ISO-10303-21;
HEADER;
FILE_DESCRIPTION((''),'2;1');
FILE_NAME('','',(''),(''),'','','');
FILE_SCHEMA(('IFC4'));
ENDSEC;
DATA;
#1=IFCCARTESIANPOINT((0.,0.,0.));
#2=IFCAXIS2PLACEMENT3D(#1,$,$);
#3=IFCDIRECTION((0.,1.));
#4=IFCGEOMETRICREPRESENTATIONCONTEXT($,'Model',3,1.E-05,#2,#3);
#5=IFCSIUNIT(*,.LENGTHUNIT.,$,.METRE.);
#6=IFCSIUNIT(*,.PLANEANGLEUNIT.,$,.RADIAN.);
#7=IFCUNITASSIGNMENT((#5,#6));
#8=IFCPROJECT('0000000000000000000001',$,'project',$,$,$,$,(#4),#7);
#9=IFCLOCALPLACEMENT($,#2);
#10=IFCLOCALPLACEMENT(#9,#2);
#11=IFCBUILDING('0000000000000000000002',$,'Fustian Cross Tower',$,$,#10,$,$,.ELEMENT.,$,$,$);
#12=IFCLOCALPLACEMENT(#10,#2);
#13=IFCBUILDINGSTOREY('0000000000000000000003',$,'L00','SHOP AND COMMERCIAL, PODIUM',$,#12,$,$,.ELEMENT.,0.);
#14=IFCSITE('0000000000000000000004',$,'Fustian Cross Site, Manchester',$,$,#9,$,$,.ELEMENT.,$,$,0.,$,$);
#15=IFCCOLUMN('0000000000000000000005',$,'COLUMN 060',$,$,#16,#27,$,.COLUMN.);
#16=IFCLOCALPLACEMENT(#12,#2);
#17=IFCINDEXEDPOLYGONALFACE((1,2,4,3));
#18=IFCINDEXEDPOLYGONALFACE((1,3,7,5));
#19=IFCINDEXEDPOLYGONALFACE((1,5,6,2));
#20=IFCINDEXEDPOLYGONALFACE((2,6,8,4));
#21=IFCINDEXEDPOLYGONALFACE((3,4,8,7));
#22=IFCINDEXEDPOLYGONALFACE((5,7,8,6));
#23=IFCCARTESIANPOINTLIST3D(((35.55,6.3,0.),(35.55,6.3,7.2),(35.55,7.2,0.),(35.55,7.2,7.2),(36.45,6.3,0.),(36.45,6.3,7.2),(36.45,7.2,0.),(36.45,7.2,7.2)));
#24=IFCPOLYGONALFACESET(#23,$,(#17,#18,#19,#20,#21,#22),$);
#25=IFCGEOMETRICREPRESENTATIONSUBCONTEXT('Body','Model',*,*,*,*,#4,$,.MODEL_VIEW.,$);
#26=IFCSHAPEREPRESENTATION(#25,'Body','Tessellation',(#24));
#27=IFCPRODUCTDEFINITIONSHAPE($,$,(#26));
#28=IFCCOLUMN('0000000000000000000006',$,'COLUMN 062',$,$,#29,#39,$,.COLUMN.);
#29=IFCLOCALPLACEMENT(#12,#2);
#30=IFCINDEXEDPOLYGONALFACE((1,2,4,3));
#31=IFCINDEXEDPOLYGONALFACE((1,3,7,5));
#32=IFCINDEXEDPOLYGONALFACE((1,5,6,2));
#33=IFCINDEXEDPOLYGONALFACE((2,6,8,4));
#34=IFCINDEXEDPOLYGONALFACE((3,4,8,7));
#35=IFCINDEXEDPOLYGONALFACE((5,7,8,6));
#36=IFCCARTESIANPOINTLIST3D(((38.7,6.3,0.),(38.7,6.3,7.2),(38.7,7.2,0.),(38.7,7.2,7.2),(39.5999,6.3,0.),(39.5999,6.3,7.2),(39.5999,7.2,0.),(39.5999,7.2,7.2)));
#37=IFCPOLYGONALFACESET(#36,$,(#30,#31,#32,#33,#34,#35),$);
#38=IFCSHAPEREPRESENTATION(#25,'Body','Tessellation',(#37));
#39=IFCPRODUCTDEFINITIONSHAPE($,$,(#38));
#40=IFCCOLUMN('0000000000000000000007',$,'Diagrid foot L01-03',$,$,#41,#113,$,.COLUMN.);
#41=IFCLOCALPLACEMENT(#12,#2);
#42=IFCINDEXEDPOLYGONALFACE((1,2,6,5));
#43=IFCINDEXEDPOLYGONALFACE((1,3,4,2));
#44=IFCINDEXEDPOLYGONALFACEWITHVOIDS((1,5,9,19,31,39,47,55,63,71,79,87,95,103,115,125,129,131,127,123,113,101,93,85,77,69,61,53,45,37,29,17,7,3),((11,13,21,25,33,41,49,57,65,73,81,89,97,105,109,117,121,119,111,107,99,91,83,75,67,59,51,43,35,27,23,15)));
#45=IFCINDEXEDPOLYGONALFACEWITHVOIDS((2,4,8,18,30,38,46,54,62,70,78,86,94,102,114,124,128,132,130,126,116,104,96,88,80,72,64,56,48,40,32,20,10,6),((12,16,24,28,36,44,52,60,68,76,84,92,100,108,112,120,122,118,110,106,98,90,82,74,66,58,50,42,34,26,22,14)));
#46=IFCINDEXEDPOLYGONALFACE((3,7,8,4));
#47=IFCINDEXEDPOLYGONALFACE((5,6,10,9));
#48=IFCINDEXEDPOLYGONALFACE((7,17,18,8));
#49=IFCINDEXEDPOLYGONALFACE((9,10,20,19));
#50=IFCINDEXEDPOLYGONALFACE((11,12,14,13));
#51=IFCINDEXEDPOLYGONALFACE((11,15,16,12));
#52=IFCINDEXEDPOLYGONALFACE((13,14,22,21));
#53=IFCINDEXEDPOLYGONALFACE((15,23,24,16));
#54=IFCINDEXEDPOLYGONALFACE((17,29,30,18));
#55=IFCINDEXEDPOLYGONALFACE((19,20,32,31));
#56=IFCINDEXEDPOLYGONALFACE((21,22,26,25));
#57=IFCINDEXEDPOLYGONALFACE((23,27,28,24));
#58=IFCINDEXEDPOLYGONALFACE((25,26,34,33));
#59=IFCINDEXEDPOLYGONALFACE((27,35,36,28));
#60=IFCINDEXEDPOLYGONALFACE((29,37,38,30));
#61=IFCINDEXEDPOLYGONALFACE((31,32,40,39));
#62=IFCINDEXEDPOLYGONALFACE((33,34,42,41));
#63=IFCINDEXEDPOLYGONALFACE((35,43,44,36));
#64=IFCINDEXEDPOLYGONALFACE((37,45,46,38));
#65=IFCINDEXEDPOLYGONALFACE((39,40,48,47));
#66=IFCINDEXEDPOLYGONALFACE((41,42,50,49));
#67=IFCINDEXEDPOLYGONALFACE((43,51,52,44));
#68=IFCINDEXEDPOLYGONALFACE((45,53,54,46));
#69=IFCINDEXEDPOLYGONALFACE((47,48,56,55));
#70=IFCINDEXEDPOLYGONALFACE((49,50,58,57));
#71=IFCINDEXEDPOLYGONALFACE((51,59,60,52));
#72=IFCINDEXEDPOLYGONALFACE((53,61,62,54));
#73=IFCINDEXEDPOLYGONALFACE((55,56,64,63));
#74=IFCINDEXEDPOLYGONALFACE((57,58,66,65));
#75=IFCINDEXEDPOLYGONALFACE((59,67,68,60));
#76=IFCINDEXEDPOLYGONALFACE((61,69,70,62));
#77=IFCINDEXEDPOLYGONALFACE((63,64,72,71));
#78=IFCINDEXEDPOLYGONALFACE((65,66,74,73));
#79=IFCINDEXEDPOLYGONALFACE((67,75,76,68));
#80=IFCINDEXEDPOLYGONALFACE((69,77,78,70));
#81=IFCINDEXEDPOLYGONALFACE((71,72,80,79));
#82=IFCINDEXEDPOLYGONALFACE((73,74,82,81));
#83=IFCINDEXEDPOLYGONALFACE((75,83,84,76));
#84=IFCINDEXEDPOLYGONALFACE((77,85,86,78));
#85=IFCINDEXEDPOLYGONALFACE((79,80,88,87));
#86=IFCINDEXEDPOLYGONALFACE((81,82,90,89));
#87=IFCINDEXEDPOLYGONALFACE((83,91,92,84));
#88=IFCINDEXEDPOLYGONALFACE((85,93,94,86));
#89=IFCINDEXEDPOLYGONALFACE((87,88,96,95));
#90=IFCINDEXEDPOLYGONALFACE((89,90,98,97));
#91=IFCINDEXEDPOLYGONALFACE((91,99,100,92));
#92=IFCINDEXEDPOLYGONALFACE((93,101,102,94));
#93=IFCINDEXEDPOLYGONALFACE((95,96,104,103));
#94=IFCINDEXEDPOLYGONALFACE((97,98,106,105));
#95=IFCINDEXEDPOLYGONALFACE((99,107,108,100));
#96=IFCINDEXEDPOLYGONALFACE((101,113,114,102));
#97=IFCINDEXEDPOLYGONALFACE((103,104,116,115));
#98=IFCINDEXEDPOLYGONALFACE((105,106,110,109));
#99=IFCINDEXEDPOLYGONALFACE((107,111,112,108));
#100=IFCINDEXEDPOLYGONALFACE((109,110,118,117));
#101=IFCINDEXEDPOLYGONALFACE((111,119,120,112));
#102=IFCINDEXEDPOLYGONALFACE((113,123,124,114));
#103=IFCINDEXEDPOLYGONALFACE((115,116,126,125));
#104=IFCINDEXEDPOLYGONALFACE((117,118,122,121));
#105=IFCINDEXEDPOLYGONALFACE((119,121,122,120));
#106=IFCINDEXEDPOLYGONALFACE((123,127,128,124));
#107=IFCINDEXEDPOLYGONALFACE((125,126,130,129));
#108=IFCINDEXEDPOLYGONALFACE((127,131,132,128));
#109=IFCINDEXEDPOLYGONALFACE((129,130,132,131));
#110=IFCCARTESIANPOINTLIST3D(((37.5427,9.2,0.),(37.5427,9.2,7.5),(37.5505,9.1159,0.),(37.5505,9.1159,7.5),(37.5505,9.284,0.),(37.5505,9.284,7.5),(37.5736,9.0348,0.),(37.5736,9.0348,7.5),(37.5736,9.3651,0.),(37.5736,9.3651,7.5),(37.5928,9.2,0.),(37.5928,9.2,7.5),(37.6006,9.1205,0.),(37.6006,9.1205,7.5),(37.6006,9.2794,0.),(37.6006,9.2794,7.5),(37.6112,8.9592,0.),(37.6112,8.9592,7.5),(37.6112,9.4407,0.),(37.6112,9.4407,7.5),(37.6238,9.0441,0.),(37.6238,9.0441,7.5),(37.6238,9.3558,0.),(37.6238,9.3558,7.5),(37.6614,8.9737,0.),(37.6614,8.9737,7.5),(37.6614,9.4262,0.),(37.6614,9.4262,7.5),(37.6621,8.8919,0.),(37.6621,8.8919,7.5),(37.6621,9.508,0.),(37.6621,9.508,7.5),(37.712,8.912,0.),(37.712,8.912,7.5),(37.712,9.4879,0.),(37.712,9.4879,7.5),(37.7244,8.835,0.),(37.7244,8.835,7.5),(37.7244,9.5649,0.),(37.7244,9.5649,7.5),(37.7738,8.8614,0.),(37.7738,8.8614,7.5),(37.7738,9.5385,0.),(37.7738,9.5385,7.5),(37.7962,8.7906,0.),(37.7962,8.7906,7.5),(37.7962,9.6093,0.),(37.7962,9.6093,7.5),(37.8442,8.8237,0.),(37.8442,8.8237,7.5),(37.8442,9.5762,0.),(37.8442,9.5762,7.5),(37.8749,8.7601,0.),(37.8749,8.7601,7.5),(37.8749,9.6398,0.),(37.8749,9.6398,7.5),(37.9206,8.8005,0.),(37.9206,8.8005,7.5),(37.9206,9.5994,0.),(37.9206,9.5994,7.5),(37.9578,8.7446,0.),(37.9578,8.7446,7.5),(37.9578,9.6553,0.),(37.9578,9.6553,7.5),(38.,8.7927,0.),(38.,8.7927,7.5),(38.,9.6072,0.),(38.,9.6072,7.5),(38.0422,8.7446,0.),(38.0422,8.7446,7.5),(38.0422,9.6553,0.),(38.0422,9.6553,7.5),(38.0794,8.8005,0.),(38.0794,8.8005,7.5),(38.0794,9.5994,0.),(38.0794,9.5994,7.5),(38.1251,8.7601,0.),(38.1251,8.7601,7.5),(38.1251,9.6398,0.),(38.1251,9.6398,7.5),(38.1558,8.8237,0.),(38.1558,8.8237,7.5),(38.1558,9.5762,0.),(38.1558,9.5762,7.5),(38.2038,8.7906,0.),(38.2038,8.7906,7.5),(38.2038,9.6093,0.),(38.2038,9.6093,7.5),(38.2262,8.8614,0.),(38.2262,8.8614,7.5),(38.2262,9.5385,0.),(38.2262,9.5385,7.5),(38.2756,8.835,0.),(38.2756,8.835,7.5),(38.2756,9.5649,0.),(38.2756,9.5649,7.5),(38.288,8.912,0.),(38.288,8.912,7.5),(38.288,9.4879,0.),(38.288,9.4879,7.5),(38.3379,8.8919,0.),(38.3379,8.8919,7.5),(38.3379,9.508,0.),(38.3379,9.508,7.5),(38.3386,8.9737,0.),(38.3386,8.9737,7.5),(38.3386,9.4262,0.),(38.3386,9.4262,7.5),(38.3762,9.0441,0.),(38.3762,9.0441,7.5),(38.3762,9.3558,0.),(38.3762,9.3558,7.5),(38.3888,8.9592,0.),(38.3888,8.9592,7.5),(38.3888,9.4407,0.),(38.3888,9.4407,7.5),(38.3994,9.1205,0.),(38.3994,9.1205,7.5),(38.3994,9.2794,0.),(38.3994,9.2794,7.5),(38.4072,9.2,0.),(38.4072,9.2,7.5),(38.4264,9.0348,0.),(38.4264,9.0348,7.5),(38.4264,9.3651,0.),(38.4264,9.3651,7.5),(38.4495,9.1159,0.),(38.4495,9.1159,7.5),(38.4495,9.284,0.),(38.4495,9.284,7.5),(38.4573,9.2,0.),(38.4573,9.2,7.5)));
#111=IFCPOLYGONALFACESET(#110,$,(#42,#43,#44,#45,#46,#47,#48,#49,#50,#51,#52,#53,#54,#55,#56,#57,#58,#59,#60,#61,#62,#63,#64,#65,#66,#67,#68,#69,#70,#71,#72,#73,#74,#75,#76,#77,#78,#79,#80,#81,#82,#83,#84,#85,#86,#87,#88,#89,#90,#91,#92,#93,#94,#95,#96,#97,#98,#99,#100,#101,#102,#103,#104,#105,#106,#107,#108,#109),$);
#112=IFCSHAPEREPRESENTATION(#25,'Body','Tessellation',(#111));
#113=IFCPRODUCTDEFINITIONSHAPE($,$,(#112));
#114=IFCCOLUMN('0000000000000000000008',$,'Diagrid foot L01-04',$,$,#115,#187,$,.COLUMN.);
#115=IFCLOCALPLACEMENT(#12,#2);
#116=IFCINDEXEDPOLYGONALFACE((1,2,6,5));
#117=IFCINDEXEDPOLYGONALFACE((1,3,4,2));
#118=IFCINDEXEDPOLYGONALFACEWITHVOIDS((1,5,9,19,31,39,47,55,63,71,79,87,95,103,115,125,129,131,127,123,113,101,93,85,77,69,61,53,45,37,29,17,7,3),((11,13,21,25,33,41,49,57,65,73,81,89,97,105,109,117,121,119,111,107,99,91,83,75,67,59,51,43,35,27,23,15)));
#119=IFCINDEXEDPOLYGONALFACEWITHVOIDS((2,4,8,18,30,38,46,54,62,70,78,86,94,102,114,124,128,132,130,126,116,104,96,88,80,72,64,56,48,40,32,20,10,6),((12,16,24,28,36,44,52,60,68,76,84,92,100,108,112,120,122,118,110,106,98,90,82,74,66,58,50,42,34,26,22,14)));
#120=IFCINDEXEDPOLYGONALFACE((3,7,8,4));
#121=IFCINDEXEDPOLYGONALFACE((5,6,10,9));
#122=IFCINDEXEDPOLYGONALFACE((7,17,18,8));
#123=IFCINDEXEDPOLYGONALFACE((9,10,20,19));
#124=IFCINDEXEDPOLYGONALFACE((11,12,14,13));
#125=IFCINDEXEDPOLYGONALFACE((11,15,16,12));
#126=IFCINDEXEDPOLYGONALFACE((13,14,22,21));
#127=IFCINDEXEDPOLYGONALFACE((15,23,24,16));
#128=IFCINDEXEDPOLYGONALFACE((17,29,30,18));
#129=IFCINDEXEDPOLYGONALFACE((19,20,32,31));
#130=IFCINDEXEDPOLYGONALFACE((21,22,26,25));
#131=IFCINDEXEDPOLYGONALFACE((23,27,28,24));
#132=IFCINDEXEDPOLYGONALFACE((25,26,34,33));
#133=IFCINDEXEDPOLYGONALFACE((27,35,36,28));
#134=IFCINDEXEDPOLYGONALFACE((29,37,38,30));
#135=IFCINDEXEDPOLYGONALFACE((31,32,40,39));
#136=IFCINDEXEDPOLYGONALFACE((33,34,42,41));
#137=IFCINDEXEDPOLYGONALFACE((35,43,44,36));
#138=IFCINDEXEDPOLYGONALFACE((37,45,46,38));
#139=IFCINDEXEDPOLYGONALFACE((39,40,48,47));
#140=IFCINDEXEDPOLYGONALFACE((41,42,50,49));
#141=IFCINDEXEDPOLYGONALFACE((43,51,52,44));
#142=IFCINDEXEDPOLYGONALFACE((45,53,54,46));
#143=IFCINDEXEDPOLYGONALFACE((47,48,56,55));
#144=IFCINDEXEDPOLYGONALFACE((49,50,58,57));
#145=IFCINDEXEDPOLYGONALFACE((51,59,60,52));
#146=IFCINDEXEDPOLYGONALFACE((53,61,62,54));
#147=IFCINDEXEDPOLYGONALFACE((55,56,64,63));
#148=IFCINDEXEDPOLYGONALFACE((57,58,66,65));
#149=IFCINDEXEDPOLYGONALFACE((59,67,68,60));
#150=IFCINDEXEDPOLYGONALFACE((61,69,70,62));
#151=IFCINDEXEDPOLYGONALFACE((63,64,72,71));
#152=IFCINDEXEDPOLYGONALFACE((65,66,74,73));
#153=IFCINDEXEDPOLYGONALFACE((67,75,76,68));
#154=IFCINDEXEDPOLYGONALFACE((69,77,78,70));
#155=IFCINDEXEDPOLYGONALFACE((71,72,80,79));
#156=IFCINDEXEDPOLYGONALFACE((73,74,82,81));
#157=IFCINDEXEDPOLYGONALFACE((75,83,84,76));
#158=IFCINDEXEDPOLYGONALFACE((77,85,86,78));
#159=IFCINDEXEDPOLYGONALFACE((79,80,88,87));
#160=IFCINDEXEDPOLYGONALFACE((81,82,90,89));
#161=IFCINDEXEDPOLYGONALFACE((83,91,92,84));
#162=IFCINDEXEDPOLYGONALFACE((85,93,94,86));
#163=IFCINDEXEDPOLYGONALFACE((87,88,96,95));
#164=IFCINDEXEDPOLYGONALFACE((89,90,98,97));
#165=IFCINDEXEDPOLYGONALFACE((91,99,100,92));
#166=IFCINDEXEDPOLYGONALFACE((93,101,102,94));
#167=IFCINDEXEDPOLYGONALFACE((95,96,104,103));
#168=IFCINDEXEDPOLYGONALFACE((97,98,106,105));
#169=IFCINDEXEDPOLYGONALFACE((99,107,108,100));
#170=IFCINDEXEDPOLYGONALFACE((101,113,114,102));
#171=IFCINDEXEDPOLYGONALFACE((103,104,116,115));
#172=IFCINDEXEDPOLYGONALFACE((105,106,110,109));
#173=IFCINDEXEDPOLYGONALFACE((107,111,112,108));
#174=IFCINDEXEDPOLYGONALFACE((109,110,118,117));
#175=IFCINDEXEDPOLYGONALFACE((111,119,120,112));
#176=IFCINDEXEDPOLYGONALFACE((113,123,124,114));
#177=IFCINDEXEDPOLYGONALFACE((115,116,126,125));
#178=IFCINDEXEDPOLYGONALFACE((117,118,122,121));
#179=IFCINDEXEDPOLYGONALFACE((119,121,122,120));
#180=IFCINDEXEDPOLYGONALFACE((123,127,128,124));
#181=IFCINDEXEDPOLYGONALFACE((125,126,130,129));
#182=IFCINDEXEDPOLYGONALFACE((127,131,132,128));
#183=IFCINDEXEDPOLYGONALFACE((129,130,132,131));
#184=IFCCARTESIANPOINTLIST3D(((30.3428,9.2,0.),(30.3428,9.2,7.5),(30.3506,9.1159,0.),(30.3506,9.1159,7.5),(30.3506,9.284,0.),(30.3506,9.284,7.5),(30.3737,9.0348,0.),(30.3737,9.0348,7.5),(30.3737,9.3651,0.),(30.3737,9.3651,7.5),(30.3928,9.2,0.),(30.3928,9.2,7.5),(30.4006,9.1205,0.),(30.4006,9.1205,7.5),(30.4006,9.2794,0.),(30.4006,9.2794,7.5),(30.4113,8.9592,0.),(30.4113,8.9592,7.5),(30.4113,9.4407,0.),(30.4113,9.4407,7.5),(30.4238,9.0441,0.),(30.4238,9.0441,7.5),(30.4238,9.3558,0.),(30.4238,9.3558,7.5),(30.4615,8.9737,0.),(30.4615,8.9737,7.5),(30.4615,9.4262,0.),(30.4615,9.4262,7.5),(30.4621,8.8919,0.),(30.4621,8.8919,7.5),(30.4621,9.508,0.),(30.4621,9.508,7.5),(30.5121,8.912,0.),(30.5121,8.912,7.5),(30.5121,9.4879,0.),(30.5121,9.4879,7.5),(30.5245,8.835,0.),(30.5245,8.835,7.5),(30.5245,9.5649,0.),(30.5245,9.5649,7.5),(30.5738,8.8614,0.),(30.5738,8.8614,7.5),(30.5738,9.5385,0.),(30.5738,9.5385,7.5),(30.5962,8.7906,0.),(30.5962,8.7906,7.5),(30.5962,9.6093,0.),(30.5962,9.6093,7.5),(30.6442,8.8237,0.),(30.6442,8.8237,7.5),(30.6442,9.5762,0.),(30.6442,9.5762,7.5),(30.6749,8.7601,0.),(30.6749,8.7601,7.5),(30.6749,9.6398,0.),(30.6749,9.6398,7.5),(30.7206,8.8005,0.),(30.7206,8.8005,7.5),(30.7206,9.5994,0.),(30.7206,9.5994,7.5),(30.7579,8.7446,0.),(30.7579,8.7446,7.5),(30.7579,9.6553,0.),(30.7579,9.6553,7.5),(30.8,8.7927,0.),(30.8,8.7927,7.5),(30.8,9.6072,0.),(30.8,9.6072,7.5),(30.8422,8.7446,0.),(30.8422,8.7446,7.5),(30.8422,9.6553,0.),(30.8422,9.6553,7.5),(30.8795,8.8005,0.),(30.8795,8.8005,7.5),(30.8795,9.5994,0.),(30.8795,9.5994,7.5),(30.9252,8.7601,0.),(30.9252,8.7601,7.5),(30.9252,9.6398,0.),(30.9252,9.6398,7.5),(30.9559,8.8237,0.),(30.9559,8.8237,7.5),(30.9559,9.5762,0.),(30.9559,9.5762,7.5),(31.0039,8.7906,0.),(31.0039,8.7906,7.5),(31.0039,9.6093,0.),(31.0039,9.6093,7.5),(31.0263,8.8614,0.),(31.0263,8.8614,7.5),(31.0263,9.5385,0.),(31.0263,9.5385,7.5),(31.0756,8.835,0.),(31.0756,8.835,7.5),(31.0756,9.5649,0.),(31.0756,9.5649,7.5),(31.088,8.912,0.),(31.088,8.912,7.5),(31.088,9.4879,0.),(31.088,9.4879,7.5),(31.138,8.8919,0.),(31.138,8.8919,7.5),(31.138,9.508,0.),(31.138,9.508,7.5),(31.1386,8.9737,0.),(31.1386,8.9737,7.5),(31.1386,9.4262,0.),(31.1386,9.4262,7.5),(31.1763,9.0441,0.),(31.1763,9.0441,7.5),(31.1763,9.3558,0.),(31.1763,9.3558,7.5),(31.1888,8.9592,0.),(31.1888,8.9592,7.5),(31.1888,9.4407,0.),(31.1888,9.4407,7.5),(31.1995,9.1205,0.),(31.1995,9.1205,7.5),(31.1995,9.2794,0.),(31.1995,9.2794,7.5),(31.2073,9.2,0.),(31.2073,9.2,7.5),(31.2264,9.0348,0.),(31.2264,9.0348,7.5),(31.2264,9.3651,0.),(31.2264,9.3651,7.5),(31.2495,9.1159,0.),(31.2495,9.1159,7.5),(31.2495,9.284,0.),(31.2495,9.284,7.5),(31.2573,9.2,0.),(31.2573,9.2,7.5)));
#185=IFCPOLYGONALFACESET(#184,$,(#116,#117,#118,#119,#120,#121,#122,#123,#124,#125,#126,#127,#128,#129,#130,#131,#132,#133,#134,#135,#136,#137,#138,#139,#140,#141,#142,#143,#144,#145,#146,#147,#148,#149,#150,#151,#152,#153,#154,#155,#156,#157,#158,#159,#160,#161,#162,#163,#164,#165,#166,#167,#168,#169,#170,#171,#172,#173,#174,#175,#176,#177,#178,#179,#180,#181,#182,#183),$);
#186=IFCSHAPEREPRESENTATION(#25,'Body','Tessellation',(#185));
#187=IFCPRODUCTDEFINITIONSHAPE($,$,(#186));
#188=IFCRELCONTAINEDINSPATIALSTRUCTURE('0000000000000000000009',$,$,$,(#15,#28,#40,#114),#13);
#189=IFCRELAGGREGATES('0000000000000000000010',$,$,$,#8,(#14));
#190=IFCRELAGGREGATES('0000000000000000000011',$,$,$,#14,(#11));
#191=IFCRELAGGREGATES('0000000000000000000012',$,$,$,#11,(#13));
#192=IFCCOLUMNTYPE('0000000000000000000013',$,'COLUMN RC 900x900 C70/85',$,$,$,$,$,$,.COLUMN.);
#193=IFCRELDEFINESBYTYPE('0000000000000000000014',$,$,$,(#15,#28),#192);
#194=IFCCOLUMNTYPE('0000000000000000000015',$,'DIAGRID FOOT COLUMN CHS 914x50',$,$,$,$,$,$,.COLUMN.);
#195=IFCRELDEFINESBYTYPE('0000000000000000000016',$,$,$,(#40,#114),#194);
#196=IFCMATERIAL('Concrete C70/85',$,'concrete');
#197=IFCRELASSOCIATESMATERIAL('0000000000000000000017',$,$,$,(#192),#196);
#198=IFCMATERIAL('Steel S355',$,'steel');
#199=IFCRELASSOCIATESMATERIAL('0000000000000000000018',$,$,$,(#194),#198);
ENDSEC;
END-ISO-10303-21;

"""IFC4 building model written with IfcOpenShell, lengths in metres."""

from ifc_helpers import new_model, si_unit, direction, frame, origin, origin_2d, place, context, subcontext, project, spatial, rectangle, hollow_circle, extrude, material, material_profile, profile_set, type_object, element, save


model = new_model("IFC4")

# Units and contexts
model_context = context("Model", 3, precision=1e-05, world=origin(), true_north=direction((0.0, 1.0)))
body_context = subcontext(model_context, "Body", "Model", "MODEL_VIEW")
ifc_project = project(units=[si_unit("LENGTHUNIT", "METRE"), si_unit("PLANEANGLEUNIT", "RADIAN")], contexts=[model_context])

# Site, building, storey
site_placement = place(None, origin())
site = spatial("IfcSite", under=ifc_project, at=site_placement, Name="Fustian Cross Site, Manchester", CompositionType="ELEMENT", RefElevation=0.0)
building_placement = place(site_placement, origin())
building = spatial("IfcBuilding", under=site, at=building_placement, Name="Fustian Cross Tower", CompositionType="ELEMENT")
storey_placement = place(building_placement, origin())
storey = spatial("IfcBuildingStorey", under=building, at=storey_placement, Name="L00", Description="SHOP AND COMMERCIAL, PODIUM", CompositionType="ELEMENT", Elevation=0.0)

# Columns
ifc_material_1 = material(Name="Concrete C70/85", Category="concrete")
ifc_material_profile_1 = material_profile(ifc_material_1, rectangle(XDim=0.8999, YDim=0.8999, at=origin_2d()), Name="RC 900x900")
ifc_profile_set_1 = profile_set([ifc_material_profile_1], Name="Concrete C70/85")
column_type_1 = type_object("IfcColumnType", Name="COLUMN RC 900x900 C70/85", PredefinedType="COLUMN", material=ifc_profile_set_1)
for number, where, z_axis, x_axis, name in (
    (1, (36.0, 6.75, 0.0), (0.0, 0.0, 1.0), (1.0, 0.0, 0.0), "COLUMN 060"),
    (2, (39.1499, 6.75, 0.0), (0.0, 0.0, 1.0), (1.0, 0.0, 0.0), "COLUMN 062"),
):
    element("IfcColumn", number, at=place(storey_placement, frame(where, z_axis=z_axis, x_axis=x_axis)), inside=storey, type_object=column_type_1, Name=name, PredefinedType="COLUMN", context=body_context, shape_type="SweptSolid", body=[
        extrude(rectangle(XDim=0.8999, YDim=0.8999, at=origin_2d()), origin(), (0.0, 0.0, 1.0), 7.2),
    ])
ifc_material_2 = material(Name="Steel S355", Category="steel")
ifc_material_profile_2 = material_profile(ifc_material_2, hollow_circle(Radius=0.4573, WallThickness=0.05, at=origin_2d()), Name="CHS 914x50")
ifc_profile_set_2 = profile_set([ifc_material_profile_2], Name="Steel S355")
column_type_2 = type_object("IfcColumnType", Name="DIAGRID FOOT COLUMN CHS 914x50", PredefinedType="COLUMN", material=ifc_profile_set_2)
for number, where, z_axis, x_axis, name in (
    (3, (38.0, 9.2, 0.0), (0.0, 0.0, 1.0), (1.0, 0.0, 0.0), "Diagrid foot L01-03"),
    (4, (30.8, 9.2, 0.0), (0.0, 0.0, 1.0), (1.0, 0.0, 0.0), "Diagrid foot L01-04"),
):
    element("IfcColumn", number, at=place(storey_placement, frame(where, z_axis=z_axis, x_axis=x_axis)), inside=storey, type_object=column_type_2, Name=name, PredefinedType="COLUMN", context=body_context, shape_type="SweptSolid", body=[
        extrude(hollow_circle(Radius=0.4573, WallThickness=0.05, at=origin_2d()), origin(), (0.0, 0.0, 1.0), 7.5),
    ])

save(model, "model.ifc")
